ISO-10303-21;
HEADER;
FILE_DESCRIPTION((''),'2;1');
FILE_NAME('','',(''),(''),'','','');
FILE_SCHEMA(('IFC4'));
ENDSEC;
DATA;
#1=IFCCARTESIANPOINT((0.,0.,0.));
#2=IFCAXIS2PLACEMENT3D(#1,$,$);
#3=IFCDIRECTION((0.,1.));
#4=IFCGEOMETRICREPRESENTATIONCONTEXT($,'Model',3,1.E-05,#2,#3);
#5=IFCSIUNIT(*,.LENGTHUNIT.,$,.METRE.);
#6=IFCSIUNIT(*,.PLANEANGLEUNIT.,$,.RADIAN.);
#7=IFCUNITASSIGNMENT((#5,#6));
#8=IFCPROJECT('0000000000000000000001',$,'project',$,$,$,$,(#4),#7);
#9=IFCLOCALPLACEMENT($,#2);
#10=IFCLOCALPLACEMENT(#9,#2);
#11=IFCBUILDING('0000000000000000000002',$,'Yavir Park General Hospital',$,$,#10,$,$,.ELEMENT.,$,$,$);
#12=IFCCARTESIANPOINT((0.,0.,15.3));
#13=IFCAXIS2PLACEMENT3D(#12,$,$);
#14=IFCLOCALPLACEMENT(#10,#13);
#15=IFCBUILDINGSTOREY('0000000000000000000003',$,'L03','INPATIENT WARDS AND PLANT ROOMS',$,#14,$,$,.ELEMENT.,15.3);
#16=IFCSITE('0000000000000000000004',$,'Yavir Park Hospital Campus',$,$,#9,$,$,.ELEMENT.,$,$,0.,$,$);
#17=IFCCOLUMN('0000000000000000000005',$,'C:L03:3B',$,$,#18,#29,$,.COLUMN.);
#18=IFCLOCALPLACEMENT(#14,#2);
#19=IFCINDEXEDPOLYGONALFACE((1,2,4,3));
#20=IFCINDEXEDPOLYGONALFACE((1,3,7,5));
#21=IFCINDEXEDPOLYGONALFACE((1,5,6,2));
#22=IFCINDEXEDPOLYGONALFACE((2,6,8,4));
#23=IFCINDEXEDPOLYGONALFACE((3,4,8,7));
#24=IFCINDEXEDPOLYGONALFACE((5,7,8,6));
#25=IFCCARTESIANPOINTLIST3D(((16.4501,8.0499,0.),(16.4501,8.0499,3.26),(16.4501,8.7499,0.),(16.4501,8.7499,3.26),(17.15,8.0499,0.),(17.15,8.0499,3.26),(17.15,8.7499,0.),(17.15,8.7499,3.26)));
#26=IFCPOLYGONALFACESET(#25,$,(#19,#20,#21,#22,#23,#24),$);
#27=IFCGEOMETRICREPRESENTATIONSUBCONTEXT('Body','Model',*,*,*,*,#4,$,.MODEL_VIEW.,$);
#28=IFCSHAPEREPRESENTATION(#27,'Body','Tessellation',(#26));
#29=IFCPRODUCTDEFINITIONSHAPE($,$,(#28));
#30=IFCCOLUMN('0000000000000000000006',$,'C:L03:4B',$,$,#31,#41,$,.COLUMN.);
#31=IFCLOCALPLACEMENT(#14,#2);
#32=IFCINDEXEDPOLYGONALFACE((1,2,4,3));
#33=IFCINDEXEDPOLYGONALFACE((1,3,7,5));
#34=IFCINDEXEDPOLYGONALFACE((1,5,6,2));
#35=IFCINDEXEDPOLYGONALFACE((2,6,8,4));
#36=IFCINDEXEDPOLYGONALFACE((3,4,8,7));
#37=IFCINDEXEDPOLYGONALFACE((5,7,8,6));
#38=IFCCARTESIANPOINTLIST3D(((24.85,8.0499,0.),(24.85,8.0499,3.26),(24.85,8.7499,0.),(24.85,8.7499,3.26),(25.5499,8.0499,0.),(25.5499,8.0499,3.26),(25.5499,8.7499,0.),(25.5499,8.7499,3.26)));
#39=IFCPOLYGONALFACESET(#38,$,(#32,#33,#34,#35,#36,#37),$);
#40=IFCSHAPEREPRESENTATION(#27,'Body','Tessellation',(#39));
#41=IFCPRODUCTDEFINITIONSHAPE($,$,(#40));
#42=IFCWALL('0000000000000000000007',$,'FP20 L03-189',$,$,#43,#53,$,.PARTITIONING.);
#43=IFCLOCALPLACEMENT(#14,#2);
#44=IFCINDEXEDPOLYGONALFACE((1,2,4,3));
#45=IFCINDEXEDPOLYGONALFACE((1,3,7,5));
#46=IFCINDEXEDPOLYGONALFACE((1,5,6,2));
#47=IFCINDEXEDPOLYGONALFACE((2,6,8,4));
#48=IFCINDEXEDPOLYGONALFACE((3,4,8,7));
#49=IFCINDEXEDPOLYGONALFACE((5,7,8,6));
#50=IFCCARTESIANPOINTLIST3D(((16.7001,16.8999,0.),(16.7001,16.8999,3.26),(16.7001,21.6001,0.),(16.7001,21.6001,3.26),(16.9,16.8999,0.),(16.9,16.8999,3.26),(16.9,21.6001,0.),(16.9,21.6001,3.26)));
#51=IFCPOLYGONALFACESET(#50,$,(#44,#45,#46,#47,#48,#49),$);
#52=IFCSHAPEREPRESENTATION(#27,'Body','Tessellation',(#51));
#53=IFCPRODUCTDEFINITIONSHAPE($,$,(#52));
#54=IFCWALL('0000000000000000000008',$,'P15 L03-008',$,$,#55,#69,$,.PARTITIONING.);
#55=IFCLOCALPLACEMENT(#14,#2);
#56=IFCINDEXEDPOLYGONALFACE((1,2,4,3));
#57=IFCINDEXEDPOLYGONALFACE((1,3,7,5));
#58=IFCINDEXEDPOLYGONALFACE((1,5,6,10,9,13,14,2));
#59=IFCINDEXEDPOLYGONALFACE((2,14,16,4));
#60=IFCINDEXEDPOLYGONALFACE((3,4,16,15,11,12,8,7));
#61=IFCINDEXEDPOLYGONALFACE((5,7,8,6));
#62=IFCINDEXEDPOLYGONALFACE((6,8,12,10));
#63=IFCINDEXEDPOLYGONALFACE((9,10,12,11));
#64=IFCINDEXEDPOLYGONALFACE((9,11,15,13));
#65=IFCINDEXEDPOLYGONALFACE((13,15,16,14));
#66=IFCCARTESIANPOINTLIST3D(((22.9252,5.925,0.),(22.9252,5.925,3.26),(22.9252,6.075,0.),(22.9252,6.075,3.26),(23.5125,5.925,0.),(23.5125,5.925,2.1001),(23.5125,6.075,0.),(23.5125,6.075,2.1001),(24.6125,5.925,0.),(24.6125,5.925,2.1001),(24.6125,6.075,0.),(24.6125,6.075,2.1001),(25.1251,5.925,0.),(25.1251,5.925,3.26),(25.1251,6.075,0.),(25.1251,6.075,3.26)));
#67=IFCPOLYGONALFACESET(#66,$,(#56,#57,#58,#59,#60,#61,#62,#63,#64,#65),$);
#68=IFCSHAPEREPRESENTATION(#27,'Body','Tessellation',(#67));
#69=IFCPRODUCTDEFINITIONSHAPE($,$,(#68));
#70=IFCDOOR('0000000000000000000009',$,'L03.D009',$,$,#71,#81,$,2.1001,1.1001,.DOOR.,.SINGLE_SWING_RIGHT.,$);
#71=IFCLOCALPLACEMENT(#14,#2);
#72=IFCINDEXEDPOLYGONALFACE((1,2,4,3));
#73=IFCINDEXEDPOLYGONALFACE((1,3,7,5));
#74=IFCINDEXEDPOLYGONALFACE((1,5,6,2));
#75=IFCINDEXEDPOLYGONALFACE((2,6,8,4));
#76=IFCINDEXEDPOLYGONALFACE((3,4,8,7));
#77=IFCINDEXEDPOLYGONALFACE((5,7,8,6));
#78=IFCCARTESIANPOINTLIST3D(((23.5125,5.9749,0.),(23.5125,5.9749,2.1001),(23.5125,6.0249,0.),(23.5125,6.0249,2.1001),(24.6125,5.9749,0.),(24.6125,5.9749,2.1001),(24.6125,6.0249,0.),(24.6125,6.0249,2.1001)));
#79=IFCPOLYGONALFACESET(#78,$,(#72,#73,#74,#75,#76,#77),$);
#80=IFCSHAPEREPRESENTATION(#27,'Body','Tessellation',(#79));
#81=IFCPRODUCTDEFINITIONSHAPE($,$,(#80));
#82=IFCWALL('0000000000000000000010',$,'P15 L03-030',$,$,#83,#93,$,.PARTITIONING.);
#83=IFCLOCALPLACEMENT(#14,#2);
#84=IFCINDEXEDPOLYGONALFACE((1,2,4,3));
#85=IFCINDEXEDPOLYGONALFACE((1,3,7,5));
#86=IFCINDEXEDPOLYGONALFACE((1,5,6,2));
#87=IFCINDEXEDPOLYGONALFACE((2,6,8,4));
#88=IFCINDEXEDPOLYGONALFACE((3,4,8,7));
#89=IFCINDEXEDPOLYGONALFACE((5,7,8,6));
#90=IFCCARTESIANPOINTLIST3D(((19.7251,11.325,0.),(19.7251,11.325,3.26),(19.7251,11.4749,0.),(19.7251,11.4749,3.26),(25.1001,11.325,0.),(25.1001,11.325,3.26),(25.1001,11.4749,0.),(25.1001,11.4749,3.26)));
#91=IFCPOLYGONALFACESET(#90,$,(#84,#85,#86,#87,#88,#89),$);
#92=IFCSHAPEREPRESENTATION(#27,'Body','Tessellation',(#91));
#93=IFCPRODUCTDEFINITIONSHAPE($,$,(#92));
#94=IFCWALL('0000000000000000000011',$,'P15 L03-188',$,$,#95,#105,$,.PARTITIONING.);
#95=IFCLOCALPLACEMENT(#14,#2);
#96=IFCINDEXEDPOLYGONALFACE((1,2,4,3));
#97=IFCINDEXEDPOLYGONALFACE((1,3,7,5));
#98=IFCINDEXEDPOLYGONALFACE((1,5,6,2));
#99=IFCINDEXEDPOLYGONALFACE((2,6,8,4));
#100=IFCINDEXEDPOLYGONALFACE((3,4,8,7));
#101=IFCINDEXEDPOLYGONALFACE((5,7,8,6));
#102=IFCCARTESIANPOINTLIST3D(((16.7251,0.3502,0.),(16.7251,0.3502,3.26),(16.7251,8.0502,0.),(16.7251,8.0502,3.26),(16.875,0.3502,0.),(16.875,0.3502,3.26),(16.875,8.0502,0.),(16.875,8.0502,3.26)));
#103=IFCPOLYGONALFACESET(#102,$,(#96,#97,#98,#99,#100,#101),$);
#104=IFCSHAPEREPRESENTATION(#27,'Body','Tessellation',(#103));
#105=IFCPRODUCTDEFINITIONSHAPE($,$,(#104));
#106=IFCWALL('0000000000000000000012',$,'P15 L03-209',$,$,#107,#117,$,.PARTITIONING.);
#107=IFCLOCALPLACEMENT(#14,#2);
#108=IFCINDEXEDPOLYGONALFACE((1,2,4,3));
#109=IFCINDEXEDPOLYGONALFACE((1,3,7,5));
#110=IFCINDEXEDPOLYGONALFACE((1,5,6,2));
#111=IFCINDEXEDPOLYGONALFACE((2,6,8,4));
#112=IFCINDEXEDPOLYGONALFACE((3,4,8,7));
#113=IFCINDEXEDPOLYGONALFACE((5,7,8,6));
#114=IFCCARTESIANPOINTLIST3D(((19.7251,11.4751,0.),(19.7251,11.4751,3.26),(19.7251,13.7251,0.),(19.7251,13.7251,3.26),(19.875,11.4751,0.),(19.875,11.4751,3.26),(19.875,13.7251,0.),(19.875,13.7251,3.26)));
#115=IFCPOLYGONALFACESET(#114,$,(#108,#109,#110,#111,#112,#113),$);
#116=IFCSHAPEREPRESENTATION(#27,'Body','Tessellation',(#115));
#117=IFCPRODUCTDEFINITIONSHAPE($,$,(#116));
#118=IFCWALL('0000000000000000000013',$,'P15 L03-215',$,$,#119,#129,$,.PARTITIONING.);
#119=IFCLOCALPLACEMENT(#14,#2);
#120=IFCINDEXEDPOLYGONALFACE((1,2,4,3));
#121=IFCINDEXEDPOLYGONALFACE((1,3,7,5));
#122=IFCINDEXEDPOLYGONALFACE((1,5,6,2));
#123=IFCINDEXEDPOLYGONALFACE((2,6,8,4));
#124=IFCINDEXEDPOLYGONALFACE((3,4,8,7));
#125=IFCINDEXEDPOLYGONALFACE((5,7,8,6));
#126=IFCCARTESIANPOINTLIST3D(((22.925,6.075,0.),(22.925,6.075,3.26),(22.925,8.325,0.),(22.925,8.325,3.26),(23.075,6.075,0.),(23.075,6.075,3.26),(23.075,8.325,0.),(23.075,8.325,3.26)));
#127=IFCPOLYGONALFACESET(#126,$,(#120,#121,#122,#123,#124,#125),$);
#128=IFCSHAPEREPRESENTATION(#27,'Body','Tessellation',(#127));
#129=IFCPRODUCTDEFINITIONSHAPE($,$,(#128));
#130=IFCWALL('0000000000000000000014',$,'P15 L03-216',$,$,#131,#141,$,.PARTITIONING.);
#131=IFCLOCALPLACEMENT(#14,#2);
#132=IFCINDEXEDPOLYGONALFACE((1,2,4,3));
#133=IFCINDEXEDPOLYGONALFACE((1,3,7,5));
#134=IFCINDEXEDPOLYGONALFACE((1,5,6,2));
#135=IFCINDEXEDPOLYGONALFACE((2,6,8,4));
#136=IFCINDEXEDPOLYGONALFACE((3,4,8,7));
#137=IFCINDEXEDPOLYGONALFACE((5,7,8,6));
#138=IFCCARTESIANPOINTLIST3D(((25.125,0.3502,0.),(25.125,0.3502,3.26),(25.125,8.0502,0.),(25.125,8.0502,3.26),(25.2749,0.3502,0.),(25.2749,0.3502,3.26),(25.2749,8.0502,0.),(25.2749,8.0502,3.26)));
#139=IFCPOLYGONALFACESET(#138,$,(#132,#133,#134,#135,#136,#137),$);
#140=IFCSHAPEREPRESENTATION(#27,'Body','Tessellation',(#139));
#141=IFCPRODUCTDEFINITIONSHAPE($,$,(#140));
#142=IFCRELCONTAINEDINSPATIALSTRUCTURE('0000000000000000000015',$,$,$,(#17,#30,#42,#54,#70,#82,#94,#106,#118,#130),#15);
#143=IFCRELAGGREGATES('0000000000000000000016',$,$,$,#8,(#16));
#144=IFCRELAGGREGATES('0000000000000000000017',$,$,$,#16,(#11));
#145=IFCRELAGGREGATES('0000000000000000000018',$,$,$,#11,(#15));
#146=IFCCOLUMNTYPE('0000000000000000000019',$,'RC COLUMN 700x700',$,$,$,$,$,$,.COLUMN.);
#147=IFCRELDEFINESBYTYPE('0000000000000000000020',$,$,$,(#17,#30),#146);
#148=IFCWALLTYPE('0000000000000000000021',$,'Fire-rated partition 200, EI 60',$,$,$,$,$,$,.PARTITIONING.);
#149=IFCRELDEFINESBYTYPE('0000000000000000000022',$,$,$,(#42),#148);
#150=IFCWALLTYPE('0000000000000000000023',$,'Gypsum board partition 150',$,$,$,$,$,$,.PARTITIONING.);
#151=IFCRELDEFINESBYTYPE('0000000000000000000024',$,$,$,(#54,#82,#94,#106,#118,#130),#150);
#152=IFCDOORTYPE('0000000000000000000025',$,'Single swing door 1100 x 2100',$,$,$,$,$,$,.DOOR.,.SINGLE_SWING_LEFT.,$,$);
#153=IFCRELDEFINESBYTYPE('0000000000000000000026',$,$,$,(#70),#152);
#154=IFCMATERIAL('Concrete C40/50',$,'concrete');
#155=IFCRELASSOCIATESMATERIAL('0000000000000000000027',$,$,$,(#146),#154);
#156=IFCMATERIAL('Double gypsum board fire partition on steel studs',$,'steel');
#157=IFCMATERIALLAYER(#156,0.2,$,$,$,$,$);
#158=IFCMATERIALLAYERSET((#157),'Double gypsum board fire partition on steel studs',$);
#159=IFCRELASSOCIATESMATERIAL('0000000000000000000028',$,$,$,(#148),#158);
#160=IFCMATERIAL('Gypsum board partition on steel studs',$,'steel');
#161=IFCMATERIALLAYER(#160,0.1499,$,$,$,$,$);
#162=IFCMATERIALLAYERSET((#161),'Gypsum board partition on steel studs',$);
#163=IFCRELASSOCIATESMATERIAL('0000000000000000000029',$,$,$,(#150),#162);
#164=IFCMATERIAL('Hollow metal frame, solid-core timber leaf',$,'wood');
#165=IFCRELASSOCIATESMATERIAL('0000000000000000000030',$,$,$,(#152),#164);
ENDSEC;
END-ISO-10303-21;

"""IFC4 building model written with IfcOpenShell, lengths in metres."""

from ifc_helpers import new_model, si_unit, direction, frame, frame_2d, origin, origin_2d, place, context, subcontext, project, spatial, rectangle, extrude, material, layer, layer_set, material_profile, profile_set, type_object, element, fill, save


model = new_model("IFC4")

# Units and contexts
model_context = context("Model", 3, precision=1e-05, world=origin(), true_north=direction((0.0, 1.0)))
body_context = subcontext(model_context, "Body", "Model", "MODEL_VIEW")
ifc_project = project(units=[si_unit("LENGTHUNIT", "METRE"), si_unit("PLANEANGLEUNIT", "RADIAN")], contexts=[model_context])

# Site, building, storey
site_placement = place(None, origin())
site = spatial("IfcSite", under=ifc_project, at=site_placement, Name="Yavir Park Hospital Campus", CompositionType="ELEMENT", RefElevation=0.0)
building_placement = place(site_placement, origin())
building = spatial("IfcBuilding", under=site, at=building_placement, Name="Yavir Park General Hospital", CompositionType="ELEMENT")
storey_placement = place(building_placement, frame((0.0, 0.0, 15.3)))
storey = spatial("IfcBuildingStorey", under=building, at=storey_placement, Name="L03", Description="INPATIENT WARDS AND PLANT ROOMS", CompositionType="ELEMENT", Elevation=15.3)

# Columns
ifc_material_1 = material(Name="Concrete C40/50", Category="concrete")
ifc_material_profile = material_profile(ifc_material_1, rectangle(XDim=0.7, YDim=0.7, at=origin_2d()), Name="RC700x700")
ifc_profile_set = profile_set([ifc_material_profile], Name="Concrete C40/50")
column_type = type_object("IfcColumnType", Name="RC COLUMN 700x700", PredefinedType="COLUMN", material=ifc_profile_set)
for number, where, z_axis, x_axis, name in (
    (1, (16.8, 8.3999, 0.0), (0.0, 0.0, 1.0), (1.0, 0.0, 0.0), "C:L03:3B"),
    (2, (25.2, 8.3999, 0.0), (0.0, 0.0, 1.0), (1.0, 0.0, 0.0), "C:L03:4B"),
):
    element("IfcColumn", number, at=place(storey_placement, frame(where, z_axis=z_axis, x_axis=x_axis)), inside=storey, type_object=column_type, Name=name, PredefinedType="COLUMN", context=body_context, shape_type="SweptSolid", body=[
        extrude(rectangle(XDim=0.7, YDim=0.7, at=origin_2d()), origin(), (0.0, 0.0, 1.0), 3.26),
    ])

# Wall
ifc_material_2 = material(Name="Double gypsum board fire partition on steel studs", Category="steel")
ifc_layer_1 = layer(ifc_material_2, 0.2)
ifc_layer_set_1 = layer_set([ifc_layer_1], Name="Double gypsum board fire partition on steel studs")
wall_type_1 = type_object("IfcWallType", Name="Fire-rated partition 200, EI 60", PredefinedType="PARTITIONING", material=ifc_layer_set_1)
wall_1_placement = place(storey_placement, frame((16.8, 16.8999, 0.0), z_axis=(0.0, 0.0, 1.0), x_axis=(0.0, 1.0, 0.0)))
element("IfcWall", 3, at=wall_1_placement, inside=storey, type_object=wall_type_1, Name="FP20 L03-189", PredefinedType="PARTITIONING", context=body_context, shape_type="SweptSolid", body=[
    extrude(rectangle(XDim=4.7002, YDim=0.2, at=frame_2d((2.3501, 0.0))), origin(), (0.0, 0.0, 1.0), 3.26),
])

# Wall, opening, door
ifc_material_3 = material(Name="Gypsum board partition on steel studs", Category="steel")
ifc_layer_2 = layer(ifc_material_3, 0.1499)
ifc_layer_set_2 = layer_set([ifc_layer_2], Name="Gypsum board partition on steel studs")
wall_type_2 = type_object("IfcWallType", Name="Gypsum board partition 150", PredefinedType="PARTITIONING", material=ifc_layer_set_2)
wall_2_placement = place(storey_placement, frame((22.925, 6.0, 0.0), z_axis=(0.0, 0.0, 1.0), x_axis=(1.0, 0.0, 0.0)))
wall_2 = element("IfcWall", 4, at=wall_2_placement, inside=storey, type_object=wall_type_2, Name="P15 L03-008", PredefinedType="PARTITIONING", context=body_context, shape_type="SweptSolid", body=[
    extrude(rectangle(XDim=2.2, YDim=0.1499, at=frame_2d((1.1001, 0.0))), origin(), (0.0, 0.0, 1.0), 3.26),
])
opening_1_placement = place(wall_2_placement, frame((0.5874, 0.0, 0.0)))
opening_1 = element("IfcOpeningElement", 5, at=opening_1_placement, cuts=wall_2, PredefinedType="OPENING", context=body_context, shape_type="SweptSolid", body=[
    extrude(rectangle(XDim=1.1001, YDim=2.1001, at=frame_2d((0.55, 1.05))), frame((0.0, 0.085, 0.0), z_axis=(0.0, -1.0, 0.0), x_axis=(1.0, 0.0, 0.0)), (0.0, 0.0, 1.0), 0.1699),
])
ifc_material_4 = material(Name="Hollow metal frame, solid-core timber leaf", Category="wood")
door_type_1 = type_object("IfcDoorType", Name="Single swing door 1100 x 2100", OperationType="SINGLE_SWING_LEFT", PredefinedType="DOOR", material=ifc_material_4)
door_1_placement = place(opening_1_placement, origin())
door_1 = element("IfcDoor", 6, at=door_1_placement, inside=storey, type_object=door_type_1, Name="L03.D009", OperationType="SINGLE_SWING_RIGHT", OverallHeight=2.1001, OverallWidth=1.1001, PredefinedType="DOOR", context=body_context, shape_type="SweptSolid", body=[
    extrude(rectangle(XDim=1.1001, YDim=2.1001, at=frame_2d((0.55, 1.05))), frame((0.0, 0.0249, 0.0), z_axis=(0.0, -1.0, 0.0), x_axis=(1.0, 0.0, 0.0)), (0.0, 0.0, 1.0), 0.05),
])
fill(opening_1, door_1)

# Walls
wall_3_placement = place(storey_placement, frame((19.7251, 11.3999, 0.0), z_axis=(0.0, 0.0, 1.0), x_axis=(1.0, 0.0, 0.0)))
element("IfcWall", 7, at=wall_3_placement, inside=storey, type_object=wall_type_2, Name="P15 L03-030", PredefinedType="PARTITIONING", context=body_context, shape_type="SweptSolid", body=[
    extrude(rectangle(XDim=5.375, YDim=0.1499, at=frame_2d((2.6875, 0.0))), origin(), (0.0, 0.0, 1.0), 3.26),
])
wall_4_placement = place(storey_placement, frame((16.8, 0.3501, 0.0), z_axis=(0.0, 0.0, 1.0), x_axis=(0.0, 1.0, 0.0)))
element("IfcWall", 8, at=wall_4_placement, inside=storey, type_object=wall_type_2, Name="P15 L03-188", PredefinedType="PARTITIONING", context=body_context, shape_type="SweptSolid", body=[
    extrude(rectangle(XDim=7.7, YDim=0.1499, at=frame_2d((3.8501, 0.0))), origin(), (0.0, 0.0, 1.0), 3.26),
])
for number, where, z_axis, x_axis, name in (
    (9, (19.8, 11.4751, 0.0), (0.0, 0.0, 1.0), (0.0, 1.0, 0.0), "P15 L03-209"),
    (10, (23.0, 6.075, 0.0), (0.0, 0.0, 1.0), (0.0, 1.0, 0.0), "P15 L03-215"),
):
    element("IfcWall", number, at=place(storey_placement, frame(where, z_axis=z_axis, x_axis=x_axis)), inside=storey, type_object=wall_type_2, Name=name, PredefinedType="PARTITIONING", context=body_context, shape_type="SweptSolid", body=[
        extrude(rectangle(XDim=2.25, YDim=0.1499, at=frame_2d((1.125, 0.0))), origin(), (0.0, 0.0, 1.0), 3.26),
    ])
wall_5_placement = place(storey_placement, frame((25.2, 0.3501, 0.0), z_axis=(0.0, 0.0, 1.0), x_axis=(0.0, 1.0, 0.0)))
element("IfcWall", 11, at=wall_5_placement, inside=storey, type_object=wall_type_2, Name="P15 L03-216", PredefinedType="PARTITIONING", context=body_context, shape_type="SweptSolid", body=[
    extrude(rectangle(XDim=7.7, YDim=0.1499, at=frame_2d((3.8501, 0.0))), origin(), (0.0, 0.0, 1.0), 3.26),
])

save(model, "model.ifc")
